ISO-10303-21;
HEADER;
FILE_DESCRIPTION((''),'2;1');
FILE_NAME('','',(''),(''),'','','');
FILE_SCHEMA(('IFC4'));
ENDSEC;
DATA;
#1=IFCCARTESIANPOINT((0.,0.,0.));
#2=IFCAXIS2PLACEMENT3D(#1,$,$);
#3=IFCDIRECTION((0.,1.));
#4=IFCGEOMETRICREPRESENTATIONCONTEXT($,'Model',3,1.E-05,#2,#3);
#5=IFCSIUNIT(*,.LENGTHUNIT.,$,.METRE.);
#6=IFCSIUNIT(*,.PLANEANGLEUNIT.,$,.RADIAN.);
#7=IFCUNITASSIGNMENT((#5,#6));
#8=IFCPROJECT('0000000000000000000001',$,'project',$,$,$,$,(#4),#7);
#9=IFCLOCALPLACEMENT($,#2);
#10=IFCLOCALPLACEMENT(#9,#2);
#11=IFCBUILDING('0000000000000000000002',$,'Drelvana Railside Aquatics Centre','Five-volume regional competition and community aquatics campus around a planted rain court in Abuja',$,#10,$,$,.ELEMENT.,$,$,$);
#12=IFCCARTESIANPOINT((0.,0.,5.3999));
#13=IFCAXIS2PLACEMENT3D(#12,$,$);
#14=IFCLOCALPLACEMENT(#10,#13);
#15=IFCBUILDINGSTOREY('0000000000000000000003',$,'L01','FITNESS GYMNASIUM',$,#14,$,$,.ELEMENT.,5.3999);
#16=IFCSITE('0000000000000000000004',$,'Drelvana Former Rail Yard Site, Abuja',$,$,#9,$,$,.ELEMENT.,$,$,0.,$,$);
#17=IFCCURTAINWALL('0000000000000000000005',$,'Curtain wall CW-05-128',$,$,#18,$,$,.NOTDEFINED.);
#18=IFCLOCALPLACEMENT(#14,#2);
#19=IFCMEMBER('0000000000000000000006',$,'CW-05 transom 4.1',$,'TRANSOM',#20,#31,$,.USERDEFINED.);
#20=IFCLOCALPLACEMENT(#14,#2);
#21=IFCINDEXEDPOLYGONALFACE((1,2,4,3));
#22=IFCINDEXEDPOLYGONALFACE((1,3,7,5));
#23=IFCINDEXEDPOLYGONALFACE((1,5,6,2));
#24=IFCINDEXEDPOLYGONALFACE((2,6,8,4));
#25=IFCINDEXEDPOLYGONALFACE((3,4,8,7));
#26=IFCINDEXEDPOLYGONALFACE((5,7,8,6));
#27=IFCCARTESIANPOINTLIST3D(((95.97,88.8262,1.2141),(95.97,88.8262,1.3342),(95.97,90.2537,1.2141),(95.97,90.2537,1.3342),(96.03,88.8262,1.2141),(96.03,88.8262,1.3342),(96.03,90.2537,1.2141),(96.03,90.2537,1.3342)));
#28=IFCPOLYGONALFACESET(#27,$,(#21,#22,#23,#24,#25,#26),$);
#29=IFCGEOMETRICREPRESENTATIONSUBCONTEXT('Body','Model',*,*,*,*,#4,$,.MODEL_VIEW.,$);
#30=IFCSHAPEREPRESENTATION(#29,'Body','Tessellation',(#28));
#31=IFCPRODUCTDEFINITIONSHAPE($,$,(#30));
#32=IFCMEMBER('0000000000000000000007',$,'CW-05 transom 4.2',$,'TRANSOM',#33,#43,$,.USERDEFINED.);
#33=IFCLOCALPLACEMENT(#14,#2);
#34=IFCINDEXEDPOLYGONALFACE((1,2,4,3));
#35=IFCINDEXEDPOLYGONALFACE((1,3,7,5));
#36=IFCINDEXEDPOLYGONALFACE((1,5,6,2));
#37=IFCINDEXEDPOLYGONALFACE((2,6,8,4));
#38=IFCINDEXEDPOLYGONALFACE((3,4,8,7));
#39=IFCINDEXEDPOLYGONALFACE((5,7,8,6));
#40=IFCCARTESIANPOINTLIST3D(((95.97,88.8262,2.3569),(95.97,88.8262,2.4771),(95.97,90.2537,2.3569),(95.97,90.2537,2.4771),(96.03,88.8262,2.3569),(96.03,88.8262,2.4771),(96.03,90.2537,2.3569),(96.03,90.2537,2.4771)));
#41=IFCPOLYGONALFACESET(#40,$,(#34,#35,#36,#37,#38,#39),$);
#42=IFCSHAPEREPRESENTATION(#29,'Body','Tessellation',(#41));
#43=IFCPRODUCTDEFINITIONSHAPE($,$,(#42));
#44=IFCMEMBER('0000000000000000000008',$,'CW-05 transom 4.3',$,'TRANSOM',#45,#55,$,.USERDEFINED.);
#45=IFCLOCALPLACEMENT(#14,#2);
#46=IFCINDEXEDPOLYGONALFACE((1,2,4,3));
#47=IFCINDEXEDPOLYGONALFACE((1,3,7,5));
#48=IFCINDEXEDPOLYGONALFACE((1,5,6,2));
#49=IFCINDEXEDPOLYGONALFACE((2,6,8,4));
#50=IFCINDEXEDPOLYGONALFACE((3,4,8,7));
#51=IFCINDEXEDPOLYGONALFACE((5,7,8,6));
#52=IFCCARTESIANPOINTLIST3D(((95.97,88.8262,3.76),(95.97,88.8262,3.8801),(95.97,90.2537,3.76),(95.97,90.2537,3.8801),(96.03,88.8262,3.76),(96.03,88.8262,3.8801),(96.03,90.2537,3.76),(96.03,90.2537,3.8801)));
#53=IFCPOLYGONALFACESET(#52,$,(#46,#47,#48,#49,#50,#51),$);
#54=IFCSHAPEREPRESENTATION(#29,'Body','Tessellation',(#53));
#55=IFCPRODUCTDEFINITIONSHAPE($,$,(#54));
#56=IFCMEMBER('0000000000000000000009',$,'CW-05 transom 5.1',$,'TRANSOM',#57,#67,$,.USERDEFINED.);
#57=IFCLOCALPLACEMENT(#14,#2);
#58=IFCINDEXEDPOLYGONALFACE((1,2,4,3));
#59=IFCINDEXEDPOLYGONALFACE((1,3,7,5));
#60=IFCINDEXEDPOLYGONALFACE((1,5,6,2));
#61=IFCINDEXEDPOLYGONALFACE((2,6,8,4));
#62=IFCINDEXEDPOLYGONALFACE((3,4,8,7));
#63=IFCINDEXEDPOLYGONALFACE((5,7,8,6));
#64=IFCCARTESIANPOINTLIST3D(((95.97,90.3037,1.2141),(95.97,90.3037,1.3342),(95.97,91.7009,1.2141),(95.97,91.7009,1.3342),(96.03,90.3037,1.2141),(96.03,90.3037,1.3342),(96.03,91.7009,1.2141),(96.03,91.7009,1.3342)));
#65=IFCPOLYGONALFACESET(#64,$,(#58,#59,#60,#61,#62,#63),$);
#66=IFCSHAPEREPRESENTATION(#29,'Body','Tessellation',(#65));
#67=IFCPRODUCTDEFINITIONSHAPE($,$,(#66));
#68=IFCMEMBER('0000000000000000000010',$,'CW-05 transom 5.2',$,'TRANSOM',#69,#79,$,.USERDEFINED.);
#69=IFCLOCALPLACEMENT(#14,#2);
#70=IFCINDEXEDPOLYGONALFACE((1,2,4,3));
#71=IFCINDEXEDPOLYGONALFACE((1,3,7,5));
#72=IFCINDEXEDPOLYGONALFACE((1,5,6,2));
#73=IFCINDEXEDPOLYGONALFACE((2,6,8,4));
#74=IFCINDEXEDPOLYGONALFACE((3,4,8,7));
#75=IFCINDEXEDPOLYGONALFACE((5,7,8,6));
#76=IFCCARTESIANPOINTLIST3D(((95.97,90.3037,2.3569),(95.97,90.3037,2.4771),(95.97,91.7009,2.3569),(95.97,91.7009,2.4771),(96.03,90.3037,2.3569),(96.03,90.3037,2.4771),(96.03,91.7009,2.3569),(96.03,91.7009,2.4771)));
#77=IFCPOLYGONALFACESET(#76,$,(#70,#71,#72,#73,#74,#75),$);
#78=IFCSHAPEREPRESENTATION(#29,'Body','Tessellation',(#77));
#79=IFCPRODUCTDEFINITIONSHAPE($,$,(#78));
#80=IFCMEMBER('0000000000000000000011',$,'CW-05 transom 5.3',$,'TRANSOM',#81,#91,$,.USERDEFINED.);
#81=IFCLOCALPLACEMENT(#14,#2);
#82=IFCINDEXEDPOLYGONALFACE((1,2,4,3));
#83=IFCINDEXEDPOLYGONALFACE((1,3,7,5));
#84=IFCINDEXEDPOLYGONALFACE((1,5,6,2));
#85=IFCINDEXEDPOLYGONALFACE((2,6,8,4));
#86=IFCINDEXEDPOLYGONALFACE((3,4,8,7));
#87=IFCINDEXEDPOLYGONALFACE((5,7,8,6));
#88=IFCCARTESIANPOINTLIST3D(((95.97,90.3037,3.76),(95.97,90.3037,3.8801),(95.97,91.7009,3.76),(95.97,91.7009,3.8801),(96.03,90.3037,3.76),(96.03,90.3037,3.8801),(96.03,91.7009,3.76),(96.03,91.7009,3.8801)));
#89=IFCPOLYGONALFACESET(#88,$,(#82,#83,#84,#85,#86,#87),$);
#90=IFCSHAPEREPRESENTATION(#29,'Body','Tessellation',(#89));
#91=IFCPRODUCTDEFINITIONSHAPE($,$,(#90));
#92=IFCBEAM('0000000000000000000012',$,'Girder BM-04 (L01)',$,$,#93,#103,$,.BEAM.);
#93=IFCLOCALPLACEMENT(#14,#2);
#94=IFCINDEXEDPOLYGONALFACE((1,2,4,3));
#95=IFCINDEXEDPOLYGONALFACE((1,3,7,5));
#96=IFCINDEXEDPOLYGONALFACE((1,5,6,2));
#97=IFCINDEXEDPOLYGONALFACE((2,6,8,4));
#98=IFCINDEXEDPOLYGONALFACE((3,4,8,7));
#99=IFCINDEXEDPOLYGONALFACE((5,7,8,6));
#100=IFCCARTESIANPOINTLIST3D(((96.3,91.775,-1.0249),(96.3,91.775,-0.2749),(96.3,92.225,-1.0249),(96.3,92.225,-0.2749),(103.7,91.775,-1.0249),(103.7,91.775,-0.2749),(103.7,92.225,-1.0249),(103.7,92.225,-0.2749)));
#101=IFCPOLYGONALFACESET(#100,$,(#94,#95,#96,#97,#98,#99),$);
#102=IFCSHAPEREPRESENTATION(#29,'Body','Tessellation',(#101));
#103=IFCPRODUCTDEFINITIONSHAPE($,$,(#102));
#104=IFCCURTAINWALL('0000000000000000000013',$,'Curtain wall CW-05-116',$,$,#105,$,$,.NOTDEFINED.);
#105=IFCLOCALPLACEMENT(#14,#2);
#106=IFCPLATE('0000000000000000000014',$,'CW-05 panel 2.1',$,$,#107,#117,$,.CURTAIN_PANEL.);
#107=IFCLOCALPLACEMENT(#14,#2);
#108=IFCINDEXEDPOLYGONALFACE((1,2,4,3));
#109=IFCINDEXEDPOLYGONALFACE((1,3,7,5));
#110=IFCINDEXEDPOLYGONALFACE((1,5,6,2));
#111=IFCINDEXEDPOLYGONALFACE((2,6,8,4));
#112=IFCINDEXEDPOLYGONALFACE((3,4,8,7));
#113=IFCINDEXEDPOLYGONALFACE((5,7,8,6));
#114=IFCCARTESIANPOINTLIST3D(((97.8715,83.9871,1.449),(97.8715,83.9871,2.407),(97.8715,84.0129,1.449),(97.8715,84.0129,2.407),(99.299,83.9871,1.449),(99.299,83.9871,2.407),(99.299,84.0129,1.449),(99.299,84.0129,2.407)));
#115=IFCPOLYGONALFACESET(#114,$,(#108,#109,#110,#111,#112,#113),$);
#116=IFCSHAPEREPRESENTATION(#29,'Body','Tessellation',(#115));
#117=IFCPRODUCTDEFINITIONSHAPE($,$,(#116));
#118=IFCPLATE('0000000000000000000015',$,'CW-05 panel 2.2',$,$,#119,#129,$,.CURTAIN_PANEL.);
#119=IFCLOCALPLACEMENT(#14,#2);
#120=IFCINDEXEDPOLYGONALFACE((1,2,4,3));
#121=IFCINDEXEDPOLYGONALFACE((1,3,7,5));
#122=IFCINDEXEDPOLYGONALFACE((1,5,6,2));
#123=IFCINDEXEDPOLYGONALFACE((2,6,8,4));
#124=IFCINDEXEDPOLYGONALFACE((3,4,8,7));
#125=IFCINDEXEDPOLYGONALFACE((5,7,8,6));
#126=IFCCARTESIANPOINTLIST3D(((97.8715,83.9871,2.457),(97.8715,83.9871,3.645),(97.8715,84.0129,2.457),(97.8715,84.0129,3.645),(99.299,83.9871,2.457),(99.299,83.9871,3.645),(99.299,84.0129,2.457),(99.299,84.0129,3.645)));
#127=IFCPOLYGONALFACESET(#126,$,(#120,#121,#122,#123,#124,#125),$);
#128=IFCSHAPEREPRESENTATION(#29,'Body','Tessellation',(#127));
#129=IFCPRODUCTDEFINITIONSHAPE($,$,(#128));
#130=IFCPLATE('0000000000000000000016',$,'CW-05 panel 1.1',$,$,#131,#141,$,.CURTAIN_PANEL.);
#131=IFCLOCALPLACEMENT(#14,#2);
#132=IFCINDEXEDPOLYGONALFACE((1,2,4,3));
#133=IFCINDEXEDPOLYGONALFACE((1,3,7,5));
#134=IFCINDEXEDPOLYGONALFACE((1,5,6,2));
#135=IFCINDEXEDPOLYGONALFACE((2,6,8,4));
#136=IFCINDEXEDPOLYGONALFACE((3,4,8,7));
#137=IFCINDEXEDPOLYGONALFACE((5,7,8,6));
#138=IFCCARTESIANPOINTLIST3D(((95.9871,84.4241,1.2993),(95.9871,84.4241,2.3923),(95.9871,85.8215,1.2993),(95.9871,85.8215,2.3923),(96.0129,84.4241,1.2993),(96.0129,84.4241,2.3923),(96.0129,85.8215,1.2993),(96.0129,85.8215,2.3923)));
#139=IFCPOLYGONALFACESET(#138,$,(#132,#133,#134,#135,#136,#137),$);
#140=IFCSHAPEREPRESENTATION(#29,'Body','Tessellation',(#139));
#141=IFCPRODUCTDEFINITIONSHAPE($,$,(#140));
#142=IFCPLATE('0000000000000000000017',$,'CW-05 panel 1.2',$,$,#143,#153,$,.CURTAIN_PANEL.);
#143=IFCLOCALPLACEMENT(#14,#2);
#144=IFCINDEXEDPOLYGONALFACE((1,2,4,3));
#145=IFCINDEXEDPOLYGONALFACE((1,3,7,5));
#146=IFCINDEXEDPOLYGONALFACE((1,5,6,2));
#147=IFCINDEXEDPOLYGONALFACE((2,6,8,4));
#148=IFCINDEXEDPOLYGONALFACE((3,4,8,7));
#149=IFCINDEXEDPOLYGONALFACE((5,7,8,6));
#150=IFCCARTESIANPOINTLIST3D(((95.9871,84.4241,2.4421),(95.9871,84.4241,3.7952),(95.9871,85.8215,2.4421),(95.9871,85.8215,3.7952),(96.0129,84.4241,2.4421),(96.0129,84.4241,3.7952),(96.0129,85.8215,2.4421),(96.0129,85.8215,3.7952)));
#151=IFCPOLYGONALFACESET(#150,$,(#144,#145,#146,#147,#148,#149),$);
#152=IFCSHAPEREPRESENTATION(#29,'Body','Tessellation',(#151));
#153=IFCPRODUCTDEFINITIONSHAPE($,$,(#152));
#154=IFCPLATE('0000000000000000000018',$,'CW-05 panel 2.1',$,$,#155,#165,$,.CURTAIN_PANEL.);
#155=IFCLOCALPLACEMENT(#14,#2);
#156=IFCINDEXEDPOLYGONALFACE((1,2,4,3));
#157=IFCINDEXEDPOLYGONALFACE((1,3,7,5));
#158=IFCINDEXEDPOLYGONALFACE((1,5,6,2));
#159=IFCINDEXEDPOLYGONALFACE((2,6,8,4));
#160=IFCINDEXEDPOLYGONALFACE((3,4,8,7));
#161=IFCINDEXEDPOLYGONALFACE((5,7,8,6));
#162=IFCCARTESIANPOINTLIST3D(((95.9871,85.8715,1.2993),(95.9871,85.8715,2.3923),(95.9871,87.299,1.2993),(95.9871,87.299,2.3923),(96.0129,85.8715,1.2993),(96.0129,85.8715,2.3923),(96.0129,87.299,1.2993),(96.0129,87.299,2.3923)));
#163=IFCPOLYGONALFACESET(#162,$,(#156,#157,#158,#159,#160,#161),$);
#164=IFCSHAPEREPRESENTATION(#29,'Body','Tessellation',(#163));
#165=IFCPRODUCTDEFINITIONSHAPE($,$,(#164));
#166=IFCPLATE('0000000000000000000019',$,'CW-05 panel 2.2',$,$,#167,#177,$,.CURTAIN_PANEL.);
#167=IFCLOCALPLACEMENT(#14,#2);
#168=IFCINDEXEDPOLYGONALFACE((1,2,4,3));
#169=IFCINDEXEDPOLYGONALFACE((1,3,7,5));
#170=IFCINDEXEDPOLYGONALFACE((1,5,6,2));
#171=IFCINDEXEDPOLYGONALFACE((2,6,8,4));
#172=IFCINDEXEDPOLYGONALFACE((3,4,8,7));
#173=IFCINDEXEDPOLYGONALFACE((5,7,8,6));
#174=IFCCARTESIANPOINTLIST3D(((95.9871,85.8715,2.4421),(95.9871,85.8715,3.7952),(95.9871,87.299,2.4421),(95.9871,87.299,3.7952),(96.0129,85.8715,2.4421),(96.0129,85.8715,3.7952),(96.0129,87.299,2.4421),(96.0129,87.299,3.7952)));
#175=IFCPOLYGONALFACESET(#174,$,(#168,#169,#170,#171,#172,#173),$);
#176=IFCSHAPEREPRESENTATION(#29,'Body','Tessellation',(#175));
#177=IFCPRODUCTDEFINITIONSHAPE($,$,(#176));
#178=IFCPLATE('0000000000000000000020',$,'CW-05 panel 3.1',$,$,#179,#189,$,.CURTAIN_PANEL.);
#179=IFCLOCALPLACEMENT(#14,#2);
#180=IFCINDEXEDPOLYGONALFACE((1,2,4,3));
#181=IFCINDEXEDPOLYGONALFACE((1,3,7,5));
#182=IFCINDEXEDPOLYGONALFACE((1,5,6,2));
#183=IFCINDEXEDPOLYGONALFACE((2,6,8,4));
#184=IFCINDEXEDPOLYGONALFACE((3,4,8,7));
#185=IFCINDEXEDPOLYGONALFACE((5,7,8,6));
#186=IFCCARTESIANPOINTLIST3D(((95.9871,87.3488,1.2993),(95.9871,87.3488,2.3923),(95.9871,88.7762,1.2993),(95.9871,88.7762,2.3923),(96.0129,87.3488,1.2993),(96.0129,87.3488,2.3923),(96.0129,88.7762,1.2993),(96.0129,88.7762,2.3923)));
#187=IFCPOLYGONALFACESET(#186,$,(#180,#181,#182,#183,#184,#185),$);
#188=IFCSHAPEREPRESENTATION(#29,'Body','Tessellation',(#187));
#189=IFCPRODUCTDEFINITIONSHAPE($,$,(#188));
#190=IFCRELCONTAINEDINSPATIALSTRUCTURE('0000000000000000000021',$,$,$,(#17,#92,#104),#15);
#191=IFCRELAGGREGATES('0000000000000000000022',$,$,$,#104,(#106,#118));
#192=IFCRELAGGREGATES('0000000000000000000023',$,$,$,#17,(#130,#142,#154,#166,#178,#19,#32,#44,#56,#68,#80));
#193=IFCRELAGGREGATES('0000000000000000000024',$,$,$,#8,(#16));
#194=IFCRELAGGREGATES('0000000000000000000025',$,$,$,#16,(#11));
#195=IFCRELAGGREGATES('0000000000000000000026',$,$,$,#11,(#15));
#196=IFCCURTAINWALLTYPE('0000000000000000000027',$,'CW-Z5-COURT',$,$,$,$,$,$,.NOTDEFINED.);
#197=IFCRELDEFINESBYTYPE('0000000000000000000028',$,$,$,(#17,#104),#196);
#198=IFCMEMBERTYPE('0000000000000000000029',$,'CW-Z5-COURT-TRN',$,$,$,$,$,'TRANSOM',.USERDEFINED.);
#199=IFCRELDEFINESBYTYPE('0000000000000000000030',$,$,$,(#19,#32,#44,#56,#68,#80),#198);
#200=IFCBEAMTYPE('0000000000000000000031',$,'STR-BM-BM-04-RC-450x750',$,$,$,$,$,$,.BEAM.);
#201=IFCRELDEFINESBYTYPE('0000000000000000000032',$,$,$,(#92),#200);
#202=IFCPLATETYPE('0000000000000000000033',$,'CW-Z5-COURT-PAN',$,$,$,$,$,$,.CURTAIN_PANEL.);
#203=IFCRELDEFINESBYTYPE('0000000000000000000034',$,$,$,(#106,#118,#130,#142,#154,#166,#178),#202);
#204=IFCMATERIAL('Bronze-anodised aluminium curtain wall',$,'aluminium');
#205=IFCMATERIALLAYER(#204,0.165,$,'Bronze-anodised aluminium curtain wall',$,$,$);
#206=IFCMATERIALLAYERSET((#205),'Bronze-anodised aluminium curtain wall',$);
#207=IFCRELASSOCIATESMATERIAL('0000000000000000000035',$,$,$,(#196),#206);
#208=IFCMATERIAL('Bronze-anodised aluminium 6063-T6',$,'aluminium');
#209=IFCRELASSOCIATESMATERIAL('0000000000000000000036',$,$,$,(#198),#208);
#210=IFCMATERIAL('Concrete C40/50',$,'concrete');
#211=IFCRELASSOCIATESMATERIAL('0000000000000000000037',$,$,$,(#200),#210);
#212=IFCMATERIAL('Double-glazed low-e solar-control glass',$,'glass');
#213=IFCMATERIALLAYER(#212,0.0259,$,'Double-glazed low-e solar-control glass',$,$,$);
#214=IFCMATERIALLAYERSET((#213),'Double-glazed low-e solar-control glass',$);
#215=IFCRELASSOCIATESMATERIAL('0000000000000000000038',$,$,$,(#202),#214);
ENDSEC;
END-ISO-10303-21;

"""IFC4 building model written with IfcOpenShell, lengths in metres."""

from ifc_helpers import new_model, si_unit, direction, frame, origin, origin_2d, place, context, subcontext, project, spatial, rectangle, extrude, material, layer, layer_set, material_profile, profile_set, type_object, element, aggregate, save


model = new_model("IFC4")

# Units and contexts
model_context = context("Model", 3, precision=1e-05, world=origin(), true_north=direction((0.0, 1.0)))
body_context = subcontext(model_context, "Body", "Model", "MODEL_VIEW")
ifc_project = project(units=[si_unit("LENGTHUNIT", "METRE"), si_unit("PLANEANGLEUNIT", "RADIAN")], contexts=[model_context])

# Site, building, storey
site_placement = place(None, origin())
site = spatial("IfcSite", under=ifc_project, at=site_placement, Name="Drelvana Former Rail Yard Site, Abuja", CompositionType="ELEMENT", RefElevation=0.0)
building_placement = place(site_placement, origin())
building = spatial("IfcBuilding", under=site, at=building_placement, Name="Drelvana Railside Aquatics Centre", Description="Five-volume regional competition and community aquatics campus around a planted rain court in Abuja", CompositionType="ELEMENT")
storey_placement = place(building_placement, frame((0.0, 0.0, 5.3999)))
storey = spatial("IfcBuildingStorey", under=building, at=storey_placement, Name="L01", Description="FITNESS GYMNASIUM", CompositionType="ELEMENT", Elevation=5.3999)

# Curtain wall, members
ifc_material_1 = material(Name="Bronze-anodised aluminium curtain wall", Category="aluminium")
ifc_layer_1 = layer(ifc_material_1, 0.165, Name="Bronze-anodised aluminium curtain wall")
ifc_layer_set_1 = layer_set([ifc_layer_1], Name="Bronze-anodised aluminium curtain wall")
curtain_wall_type = type_object("IfcCurtainWallType", Name="CW-Z5-COURT", PredefinedType="NOTDEFINED", material=ifc_layer_set_1)
curtain_wall_1_placement = place(storey_placement, origin())
curtain_wall_1 = element("IfcCurtainWall", 1, at=curtain_wall_1_placement, inside=storey, type_object=curtain_wall_type, Name="Curtain wall CW-05-128", PredefinedType="NOTDEFINED")
ifc_material_2 = material(Name="Bronze-anodised aluminium 6063-T6", Category="aluminium")
ifc_material_profile_1 = material_profile(ifc_material_2, rectangle(XDim=0.1201, YDim=0.0601, at=origin_2d()), Name="ALU-T 60x120")
ifc_profile_set_1 = profile_set([ifc_material_profile_1], Name="Bronze-anodised aluminium 6063-T6")
member_type_1 = type_object("IfcMemberType", Name="CW-Z5-COURT-TRN", ElementType="TRANSOM", PredefinedType="USERDEFINED", material=ifc_profile_set_1)
member_1_placement = place(storey_placement, frame((96.0, 88.8262, 1.2742), z_axis=(0.0, 1.0, 0.0), x_axis=(0.0, 0.0, 1.0)))
member_1 = element("IfcMember", 2, at=member_1_placement, type_object=member_type_1, Name="CW-05 transom 4.1", ObjectType="TRANSOM", PredefinedType="USERDEFINED", context=body_context, shape_type="SweptSolid", body=[
    extrude(rectangle(XDim=0.1201, YDim=0.0601, at=origin_2d()), origin(), (0.0, 0.0, 1.0), 1.4275),
])
member_2_placement = place(storey_placement, frame((96.0, 88.8262, 2.417), z_axis=(0.0, 1.0, 0.0), x_axis=(0.0, 0.0, 1.0)))
member_2 = element("IfcMember", 3, at=member_2_placement, type_object=member_type_1, Name="CW-05 transom 4.2", ObjectType="TRANSOM", PredefinedType="USERDEFINED", context=body_context, shape_type="SweptSolid", body=[
    extrude(rectangle(XDim=0.1201, YDim=0.0601, at=origin_2d()), origin(), (0.0, 0.0, 1.0), 1.4275),
])
member_3_placement = place(storey_placement, frame((96.0, 88.8262, 3.8201), z_axis=(0.0, 1.0, 0.0), x_axis=(0.0, 0.0, 1.0)))
member_3 = element("IfcMember", 4, at=member_3_placement, type_object=member_type_1, Name="CW-05 transom 4.3", ObjectType="TRANSOM", PredefinedType="USERDEFINED", context=body_context, shape_type="SweptSolid", body=[
    extrude(rectangle(XDim=0.1201, YDim=0.0601, at=origin_2d()), origin(), (0.0, 0.0, 1.0), 1.4275),
])
member_4_placement = place(storey_placement, frame((96.0, 90.3037, 1.2742), z_axis=(0.0, 1.0, 0.0), x_axis=(0.0, 0.0, 1.0)))
member_4 = element("IfcMember", 5, at=member_4_placement, type_object=member_type_1, Name="CW-05 transom 5.1", ObjectType="TRANSOM", PredefinedType="USERDEFINED", context=body_context, shape_type="SweptSolid", body=[
    extrude(rectangle(XDim=0.1201, YDim=0.0601, at=origin_2d()), origin(), (0.0, 0.0, 1.0), 1.3972),
])
member_5_placement = place(storey_placement, frame((96.0, 90.3037, 2.417), z_axis=(0.0, 1.0, 0.0), x_axis=(0.0, 0.0, 1.0)))
member_5 = element("IfcMember", 6, at=member_5_placement, type_object=member_type_1, Name="CW-05 transom 5.2", ObjectType="TRANSOM", PredefinedType="USERDEFINED", context=body_context, shape_type="SweptSolid", body=[
    extrude(rectangle(XDim=0.1201, YDim=0.0601, at=origin_2d()), origin(), (0.0, 0.0, 1.0), 1.3972),
])
member_6_placement = place(storey_placement, frame((96.0, 90.3037, 3.8201), z_axis=(0.0, 1.0, 0.0), x_axis=(0.0, 0.0, 1.0)))
member_6 = element("IfcMember", 7, at=member_6_placement, type_object=member_type_1, Name="CW-05 transom 5.3", ObjectType="TRANSOM", PredefinedType="USERDEFINED", context=body_context, shape_type="SweptSolid", body=[
    extrude(rectangle(XDim=0.1201, YDim=0.0601, at=origin_2d()), origin(), (0.0, 0.0, 1.0), 1.3972),
])

# Beam
ifc_material_3 = material(Name="Concrete C40/50", Category="concrete")
ifc_material_profile_2 = material_profile(ifc_material_3, rectangle(XDim=0.45, YDim=0.75, at=origin_2d()), Name="RC 450x750")
ifc_profile_set_2 = profile_set([ifc_material_profile_2], Name="Concrete C40/50")
beam_type = type_object("IfcBeamType", Name="STR-BM-BM-04-RC-450x750", PredefinedType="BEAM", material=ifc_profile_set_2)
beam_placement = place(storey_placement, frame((96.3, 92.0, -0.6499), z_axis=(1.0, 0.0, 0.0), x_axis=(0.0, 1.0, 0.0)))
element("IfcBeam", 8, at=beam_placement, inside=storey, type_object=beam_type, Name="Girder BM-04 (L01)", PredefinedType="BEAM", context=body_context, shape_type="SweptSolid", body=[
    extrude(rectangle(XDim=0.45, YDim=0.75, at=origin_2d()), origin(), (0.0, 0.0, 1.0), 7.3999),
])

# Curtain wall, plates
curtain_wall_2_placement = place(storey_placement, origin())
curtain_wall_2 = element("IfcCurtainWall", 9, at=curtain_wall_2_placement, inside=storey, type_object=curtain_wall_type, Name="Curtain wall CW-05-116", PredefinedType="NOTDEFINED")
ifc_material_4 = material(Name="Double-glazed low-e solar-control glass", Category="glass")
ifc_layer_2 = layer(ifc_material_4, 0.0259, Name="Double-glazed low-e solar-control glass")
ifc_layer_set_2 = layer_set([ifc_layer_2], Name="Double-glazed low-e solar-control glass")
plate_type = type_object("IfcPlateType", Name="CW-Z5-COURT-PAN", PredefinedType="CURTAIN_PANEL", material=ifc_layer_set_2)
plate_1_placement = place(storey_placement, frame((98.5852, 84.0, 1.449), z_axis=(0.0, 0.0, 1.0), x_axis=(1.0, 0.0, 0.0)))
plate_1 = element("IfcPlate", 10, at=plate_1_placement, type_object=plate_type, Name="CW-05 panel 2.1", PredefinedType="CURTAIN_PANEL", context=body_context, shape_type="SweptSolid", body=[
    extrude(rectangle(XDim=1.4275, YDim=0.0259, at=origin_2d()), origin(), (0.0, 0.0, 1.0), 0.958),
])
plate_2_placement = place(storey_placement, frame((98.5852, 84.0, 2.457), z_axis=(0.0, 0.0, 1.0), x_axis=(1.0, 0.0, 0.0)))
plate_2 = element("IfcPlate", 11, at=plate_2_placement, type_object=plate_type, Name="CW-05 panel 2.2", PredefinedType="CURTAIN_PANEL", context=body_context, shape_type="SweptSolid", body=[
    extrude(rectangle(XDim=1.4275, YDim=0.0259, at=origin_2d()), origin(), (0.0, 0.0, 1.0), 1.188),
])
aggregate(curtain_wall_2, [plate_1, plate_2])

# Plates
plate_3_placement = place(storey_placement, frame((96.0, 85.1228, 1.2993), z_axis=(0.0, 0.0, 1.0), x_axis=(0.0, 1.0, 0.0)))
plate_3 = element("IfcPlate", 12, at=plate_3_placement, type_object=plate_type, Name="CW-05 panel 1.1", PredefinedType="CURTAIN_PANEL", context=body_context, shape_type="SweptSolid", body=[
    extrude(rectangle(XDim=1.3975, YDim=0.0259, at=origin_2d()), origin(), (0.0, 0.0, 1.0), 1.093),
])
plate_4_placement = place(storey_placement, frame((96.0, 85.1228, 2.4421), z_axis=(0.0, 0.0, 1.0), x_axis=(0.0, 1.0, 0.0)))
plate_4 = element("IfcPlate", 13, at=plate_4_placement, type_object=plate_type, Name="CW-05 panel 1.2", PredefinedType="CURTAIN_PANEL", context=body_context, shape_type="SweptSolid", body=[
    extrude(rectangle(XDim=1.3975, YDim=0.0259, at=origin_2d()), origin(), (0.0, 0.0, 1.0), 1.353),
])
plate_5_placement = place(storey_placement, frame((96.0, 86.5852, 1.2993), z_axis=(0.0, 0.0, 1.0), x_axis=(0.0, 1.0, 0.0)))
plate_5 = element("IfcPlate", 14, at=plate_5_placement, type_object=plate_type, Name="CW-05 panel 2.1", PredefinedType="CURTAIN_PANEL", context=body_context, shape_type="SweptSolid", body=[
    extrude(rectangle(XDim=1.4275, YDim=0.0259, at=origin_2d()), origin(), (0.0, 0.0, 1.0), 1.093),
])
plate_6_placement = place(storey_placement, frame((96.0, 86.5852, 2.4421), z_axis=(0.0, 0.0, 1.0), x_axis=(0.0, 1.0, 0.0)))
plate_6 = element("IfcPlate", 15, at=plate_6_placement, type_object=plate_type, Name="CW-05 panel 2.2", PredefinedType="CURTAIN_PANEL", context=body_context, shape_type="SweptSolid", body=[
    extrude(rectangle(XDim=1.4275, YDim=0.0259, at=origin_2d()), origin(), (0.0, 0.0, 1.0), 1.353),
])
plate_7_placement = place(storey_placement, frame((96.0, 88.0625, 1.2993), z_axis=(0.0, 0.0, 1.0), x_axis=(0.0, 1.0, 0.0)))
plate_7 = element("IfcPlate", 16, at=plate_7_placement, type_object=plate_type, Name="CW-05 panel 3.1", PredefinedType="CURTAIN_PANEL", context=body_context, shape_type="SweptSolid", body=[
    extrude(rectangle(XDim=1.4275, YDim=0.0259, at=origin_2d()), origin(), (0.0, 0.0, 1.0), 1.093),
])
aggregate(curtain_wall_1, [plate_3, plate_4, plate_5, plate_6, plate_7, member_1, member_2, member_3, member_4, member_5, member_6])

save(model, "model.ifc")
